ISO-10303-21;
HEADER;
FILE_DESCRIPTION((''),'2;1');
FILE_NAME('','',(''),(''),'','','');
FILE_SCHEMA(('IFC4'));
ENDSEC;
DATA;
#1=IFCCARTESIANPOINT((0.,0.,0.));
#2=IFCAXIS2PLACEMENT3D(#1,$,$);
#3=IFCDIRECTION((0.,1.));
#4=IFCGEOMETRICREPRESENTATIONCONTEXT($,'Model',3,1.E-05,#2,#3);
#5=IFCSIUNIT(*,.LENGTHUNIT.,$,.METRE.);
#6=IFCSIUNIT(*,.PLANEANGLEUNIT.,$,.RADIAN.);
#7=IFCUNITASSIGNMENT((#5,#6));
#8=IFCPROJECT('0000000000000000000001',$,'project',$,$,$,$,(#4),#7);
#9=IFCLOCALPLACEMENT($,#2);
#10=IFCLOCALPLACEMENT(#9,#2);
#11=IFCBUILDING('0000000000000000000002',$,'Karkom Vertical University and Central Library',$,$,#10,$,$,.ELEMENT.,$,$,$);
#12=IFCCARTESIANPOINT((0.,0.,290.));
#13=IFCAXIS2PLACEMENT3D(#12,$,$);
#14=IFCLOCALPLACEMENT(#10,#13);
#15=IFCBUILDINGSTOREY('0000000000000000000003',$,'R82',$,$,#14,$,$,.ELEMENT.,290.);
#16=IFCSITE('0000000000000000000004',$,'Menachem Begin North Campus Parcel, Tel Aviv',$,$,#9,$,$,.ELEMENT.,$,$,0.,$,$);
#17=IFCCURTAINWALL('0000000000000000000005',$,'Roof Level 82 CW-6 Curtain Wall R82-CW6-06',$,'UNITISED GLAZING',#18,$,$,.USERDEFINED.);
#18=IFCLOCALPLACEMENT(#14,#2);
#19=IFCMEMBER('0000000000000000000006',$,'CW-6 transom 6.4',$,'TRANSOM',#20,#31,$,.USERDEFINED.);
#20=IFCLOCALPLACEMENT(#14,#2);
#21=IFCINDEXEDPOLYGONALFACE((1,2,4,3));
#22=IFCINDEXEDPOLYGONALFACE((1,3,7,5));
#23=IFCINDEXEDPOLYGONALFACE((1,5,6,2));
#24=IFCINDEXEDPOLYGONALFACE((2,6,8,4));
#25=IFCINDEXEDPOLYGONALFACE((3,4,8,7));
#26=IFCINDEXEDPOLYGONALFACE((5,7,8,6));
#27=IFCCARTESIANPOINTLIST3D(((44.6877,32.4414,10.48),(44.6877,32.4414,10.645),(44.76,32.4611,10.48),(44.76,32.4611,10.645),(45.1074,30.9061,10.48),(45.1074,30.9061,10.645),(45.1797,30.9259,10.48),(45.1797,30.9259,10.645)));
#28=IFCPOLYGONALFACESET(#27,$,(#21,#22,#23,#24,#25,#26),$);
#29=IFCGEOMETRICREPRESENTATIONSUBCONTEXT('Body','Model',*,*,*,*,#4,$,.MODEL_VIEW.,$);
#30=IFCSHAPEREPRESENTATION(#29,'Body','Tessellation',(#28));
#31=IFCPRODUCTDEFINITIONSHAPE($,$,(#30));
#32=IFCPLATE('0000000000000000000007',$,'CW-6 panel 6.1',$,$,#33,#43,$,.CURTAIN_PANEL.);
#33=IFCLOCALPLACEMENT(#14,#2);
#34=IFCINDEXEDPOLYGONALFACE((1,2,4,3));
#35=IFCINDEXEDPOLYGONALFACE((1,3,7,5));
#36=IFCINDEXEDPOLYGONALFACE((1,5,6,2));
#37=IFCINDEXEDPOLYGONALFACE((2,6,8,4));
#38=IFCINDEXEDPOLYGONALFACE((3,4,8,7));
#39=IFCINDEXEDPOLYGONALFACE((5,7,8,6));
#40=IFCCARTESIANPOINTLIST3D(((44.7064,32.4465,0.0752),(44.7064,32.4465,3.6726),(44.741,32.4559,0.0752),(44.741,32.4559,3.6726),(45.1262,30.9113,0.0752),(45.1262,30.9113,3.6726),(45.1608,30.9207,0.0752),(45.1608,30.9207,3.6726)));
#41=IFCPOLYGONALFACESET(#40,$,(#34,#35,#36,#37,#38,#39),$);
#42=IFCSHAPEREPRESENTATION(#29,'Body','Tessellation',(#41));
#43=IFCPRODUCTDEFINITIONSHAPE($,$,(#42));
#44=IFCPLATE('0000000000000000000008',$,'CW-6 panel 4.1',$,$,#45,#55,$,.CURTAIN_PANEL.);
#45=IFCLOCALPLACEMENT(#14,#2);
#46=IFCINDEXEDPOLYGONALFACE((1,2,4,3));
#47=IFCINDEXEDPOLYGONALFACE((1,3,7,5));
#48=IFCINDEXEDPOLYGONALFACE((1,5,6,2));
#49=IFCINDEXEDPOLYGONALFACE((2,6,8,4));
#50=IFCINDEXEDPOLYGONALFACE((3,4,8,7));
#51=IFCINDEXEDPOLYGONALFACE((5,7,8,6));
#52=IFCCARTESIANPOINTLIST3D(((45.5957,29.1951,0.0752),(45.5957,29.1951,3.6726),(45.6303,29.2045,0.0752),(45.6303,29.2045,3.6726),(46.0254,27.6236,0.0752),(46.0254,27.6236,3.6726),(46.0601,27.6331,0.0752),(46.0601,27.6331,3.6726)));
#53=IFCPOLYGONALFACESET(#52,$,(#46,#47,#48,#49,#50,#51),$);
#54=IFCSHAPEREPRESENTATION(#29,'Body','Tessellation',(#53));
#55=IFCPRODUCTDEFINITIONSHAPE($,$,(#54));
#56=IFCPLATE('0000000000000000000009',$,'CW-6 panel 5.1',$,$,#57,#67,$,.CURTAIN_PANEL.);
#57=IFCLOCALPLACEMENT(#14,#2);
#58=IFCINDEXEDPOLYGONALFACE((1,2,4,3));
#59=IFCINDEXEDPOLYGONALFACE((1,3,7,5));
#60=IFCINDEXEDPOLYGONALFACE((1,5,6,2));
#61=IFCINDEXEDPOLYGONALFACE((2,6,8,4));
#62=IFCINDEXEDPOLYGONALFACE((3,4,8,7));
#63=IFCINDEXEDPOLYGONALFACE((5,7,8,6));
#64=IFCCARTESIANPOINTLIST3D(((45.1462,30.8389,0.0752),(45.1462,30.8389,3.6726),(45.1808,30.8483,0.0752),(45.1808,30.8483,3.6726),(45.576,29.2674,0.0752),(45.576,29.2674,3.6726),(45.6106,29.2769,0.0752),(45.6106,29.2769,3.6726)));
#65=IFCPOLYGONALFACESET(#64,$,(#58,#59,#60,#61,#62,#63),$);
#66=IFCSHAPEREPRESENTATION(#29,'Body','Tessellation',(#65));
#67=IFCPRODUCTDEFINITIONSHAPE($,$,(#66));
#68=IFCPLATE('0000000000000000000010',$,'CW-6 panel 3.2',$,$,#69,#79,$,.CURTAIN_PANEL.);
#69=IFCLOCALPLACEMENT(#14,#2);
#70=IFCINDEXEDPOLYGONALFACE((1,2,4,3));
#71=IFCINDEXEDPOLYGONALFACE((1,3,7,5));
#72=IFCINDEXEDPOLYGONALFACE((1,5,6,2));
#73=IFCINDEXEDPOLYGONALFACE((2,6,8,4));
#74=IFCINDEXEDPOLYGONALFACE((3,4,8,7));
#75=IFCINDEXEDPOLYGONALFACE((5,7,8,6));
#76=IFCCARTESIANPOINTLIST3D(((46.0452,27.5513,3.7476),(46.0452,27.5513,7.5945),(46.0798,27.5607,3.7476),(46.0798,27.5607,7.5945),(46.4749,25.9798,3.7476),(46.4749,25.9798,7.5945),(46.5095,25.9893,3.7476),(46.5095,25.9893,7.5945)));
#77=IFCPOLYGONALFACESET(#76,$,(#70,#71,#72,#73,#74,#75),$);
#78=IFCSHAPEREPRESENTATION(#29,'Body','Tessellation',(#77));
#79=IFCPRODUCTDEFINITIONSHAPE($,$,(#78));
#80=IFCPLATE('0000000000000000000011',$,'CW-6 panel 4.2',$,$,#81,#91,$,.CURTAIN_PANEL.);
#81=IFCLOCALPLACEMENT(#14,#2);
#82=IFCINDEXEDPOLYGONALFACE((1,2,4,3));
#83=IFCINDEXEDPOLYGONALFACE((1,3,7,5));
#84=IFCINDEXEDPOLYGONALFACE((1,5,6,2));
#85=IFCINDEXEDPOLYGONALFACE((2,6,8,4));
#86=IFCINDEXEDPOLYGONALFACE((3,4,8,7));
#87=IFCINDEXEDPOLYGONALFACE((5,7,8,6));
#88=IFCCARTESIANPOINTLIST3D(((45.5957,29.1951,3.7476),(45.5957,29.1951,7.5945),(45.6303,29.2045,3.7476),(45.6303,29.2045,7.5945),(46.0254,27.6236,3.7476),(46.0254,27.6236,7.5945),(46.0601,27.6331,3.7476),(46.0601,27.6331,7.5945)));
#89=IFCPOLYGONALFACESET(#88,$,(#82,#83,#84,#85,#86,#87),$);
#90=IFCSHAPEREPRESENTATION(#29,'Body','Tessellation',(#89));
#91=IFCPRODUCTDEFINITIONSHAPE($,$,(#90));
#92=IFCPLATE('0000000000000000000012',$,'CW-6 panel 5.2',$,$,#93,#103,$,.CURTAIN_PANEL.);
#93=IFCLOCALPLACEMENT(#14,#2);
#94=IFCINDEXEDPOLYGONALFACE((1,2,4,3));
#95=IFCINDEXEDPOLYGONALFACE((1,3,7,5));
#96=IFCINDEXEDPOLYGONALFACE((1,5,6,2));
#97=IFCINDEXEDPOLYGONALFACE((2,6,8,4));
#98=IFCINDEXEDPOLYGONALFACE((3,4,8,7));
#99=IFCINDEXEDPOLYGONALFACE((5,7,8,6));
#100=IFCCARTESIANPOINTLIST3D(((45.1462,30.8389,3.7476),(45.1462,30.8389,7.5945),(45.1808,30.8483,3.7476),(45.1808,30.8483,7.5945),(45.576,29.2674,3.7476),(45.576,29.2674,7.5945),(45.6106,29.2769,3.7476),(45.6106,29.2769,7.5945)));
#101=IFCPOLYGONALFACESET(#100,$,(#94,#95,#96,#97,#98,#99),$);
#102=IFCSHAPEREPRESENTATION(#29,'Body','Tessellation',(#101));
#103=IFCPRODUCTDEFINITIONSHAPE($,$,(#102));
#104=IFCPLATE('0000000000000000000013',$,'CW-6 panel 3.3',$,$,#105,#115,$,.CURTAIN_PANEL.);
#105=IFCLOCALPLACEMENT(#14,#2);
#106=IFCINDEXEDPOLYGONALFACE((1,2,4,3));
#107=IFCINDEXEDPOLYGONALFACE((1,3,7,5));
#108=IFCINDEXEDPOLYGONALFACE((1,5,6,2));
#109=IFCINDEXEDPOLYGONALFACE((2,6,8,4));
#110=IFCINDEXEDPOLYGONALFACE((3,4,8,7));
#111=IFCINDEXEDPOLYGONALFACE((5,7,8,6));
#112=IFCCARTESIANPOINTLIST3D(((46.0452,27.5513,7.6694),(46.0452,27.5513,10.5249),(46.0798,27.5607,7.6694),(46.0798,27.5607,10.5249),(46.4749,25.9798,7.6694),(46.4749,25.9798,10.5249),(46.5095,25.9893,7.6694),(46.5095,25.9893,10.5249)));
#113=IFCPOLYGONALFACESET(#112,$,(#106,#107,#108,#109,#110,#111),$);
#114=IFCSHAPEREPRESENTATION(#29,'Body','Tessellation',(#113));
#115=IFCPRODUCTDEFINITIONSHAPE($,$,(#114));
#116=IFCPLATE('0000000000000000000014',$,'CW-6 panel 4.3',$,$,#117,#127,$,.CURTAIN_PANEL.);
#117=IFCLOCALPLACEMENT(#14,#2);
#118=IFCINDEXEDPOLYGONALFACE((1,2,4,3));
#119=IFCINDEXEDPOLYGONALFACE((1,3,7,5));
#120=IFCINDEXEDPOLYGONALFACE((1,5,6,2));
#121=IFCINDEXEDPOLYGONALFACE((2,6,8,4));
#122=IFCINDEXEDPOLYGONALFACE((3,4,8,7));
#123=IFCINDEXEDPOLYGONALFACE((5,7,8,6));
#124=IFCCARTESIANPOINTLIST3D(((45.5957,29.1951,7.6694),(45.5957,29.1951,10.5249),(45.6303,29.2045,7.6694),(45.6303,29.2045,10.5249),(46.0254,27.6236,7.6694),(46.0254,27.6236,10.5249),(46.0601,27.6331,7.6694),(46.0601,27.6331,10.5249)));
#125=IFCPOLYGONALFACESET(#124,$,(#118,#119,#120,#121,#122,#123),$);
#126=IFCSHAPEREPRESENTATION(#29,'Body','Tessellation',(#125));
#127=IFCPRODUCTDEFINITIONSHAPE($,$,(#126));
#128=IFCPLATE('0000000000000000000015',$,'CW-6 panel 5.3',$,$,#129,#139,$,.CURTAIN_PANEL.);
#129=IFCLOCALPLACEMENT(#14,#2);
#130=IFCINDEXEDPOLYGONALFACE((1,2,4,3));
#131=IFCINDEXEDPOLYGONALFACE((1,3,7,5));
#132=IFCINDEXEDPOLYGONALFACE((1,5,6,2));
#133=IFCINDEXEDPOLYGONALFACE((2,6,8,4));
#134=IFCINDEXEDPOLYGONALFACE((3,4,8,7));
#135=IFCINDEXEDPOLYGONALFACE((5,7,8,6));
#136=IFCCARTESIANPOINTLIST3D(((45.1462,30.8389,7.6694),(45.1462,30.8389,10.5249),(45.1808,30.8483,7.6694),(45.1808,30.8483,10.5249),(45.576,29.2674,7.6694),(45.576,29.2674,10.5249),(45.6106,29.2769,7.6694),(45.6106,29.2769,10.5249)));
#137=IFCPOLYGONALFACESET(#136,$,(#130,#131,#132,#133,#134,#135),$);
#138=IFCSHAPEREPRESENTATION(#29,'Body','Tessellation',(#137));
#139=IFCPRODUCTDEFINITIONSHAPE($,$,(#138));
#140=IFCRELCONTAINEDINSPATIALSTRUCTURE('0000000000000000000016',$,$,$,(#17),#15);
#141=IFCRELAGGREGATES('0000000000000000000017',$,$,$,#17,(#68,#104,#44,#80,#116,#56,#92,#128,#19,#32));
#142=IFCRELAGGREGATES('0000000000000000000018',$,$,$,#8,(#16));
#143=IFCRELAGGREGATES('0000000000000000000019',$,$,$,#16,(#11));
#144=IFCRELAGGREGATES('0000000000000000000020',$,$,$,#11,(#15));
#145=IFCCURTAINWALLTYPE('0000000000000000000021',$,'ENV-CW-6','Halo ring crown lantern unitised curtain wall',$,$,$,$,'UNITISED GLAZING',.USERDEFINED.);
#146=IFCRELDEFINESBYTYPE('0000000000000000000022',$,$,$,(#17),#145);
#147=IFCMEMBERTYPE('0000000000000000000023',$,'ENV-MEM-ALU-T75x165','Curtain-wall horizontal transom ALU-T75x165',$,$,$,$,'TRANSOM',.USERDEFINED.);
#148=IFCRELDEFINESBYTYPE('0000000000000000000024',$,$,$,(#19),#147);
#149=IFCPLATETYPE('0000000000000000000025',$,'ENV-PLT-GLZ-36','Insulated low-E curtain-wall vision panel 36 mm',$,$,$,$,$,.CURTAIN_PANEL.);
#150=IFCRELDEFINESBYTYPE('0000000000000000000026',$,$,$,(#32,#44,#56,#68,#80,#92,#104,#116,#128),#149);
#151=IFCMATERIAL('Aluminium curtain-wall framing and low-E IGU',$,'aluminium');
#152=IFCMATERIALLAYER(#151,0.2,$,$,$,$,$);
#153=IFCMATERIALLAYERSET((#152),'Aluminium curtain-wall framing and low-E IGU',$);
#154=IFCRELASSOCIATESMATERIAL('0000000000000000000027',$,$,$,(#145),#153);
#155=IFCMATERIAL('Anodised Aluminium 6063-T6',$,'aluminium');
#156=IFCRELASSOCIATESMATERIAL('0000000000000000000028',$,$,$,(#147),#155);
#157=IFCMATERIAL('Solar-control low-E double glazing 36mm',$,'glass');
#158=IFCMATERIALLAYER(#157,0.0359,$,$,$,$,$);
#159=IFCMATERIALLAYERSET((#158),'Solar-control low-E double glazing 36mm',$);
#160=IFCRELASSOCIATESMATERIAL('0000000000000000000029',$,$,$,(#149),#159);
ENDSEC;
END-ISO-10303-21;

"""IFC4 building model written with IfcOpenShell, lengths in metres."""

from ifc_helpers import new_model, si_unit, direction, frame, origin, origin_with_axes, origin_2d, place, context, subcontext, project, spatial, rectangle, extrude, source, transform, mapped, material, layer, layer_set, material_profile, profile_set, type_object, element, aggregate, save


model = new_model("IFC4")

# Units and contexts
model_context = context("Model", 3, precision=1e-05, world=origin(), true_north=direction((0.0, 1.0)))
body_context = subcontext(model_context, "Body", "Model", "MODEL_VIEW")
ifc_project = project(units=[si_unit("LENGTHUNIT", "METRE"), si_unit("PLANEANGLEUNIT", "RADIAN")], contexts=[model_context])

# Site, building, storey
site_placement = place(None, origin())
site = spatial("IfcSite", under=ifc_project, at=site_placement, Name="Menachem Begin North Campus Parcel, Tel Aviv", CompositionType="ELEMENT", RefElevation=0.0)
building_placement = place(site_placement, origin())
building = spatial("IfcBuilding", under=site, at=building_placement, Name="Karkom Vertical University and Central Library", CompositionType="ELEMENT")
storey_placement = place(building_placement, frame((0.0, 0.0, 290.0)))
storey = spatial("IfcBuildingStorey", under=building, at=storey_placement, Name="R82", CompositionType="ELEMENT", Elevation=290.0)

# Curtain wall, member, plates
ifc_material_1 = material(Name="Aluminium curtain-wall framing and low-E IGU", Category="aluminium")
ifc_layer_1 = layer(ifc_material_1, 0.2)
ifc_layer_set_1 = layer_set([ifc_layer_1], Name="Aluminium curtain-wall framing and low-E IGU")
curtain_wall_type = type_object("IfcCurtainWallType", Name="ENV-CW-6", Description="Halo ring crown lantern unitised curtain wall", ElementType="UNITISED GLAZING", PredefinedType="USERDEFINED", material=ifc_layer_set_1)
curtain_wall_placement = place(storey_placement, origin())
curtain_wall = element("IfcCurtainWall", 1, at=curtain_wall_placement, inside=storey, type_object=curtain_wall_type, Name="Roof Level 82 CW-6 Curtain Wall R82-CW6-06", ObjectType="UNITISED GLAZING", PredefinedType="USERDEFINED")
ifc_material_2 = material(Name="Anodised Aluminium 6063-T6", Category="aluminium")
ifc_material_profile_1 = material_profile(ifc_material_2, rectangle(XDim=0.075, YDim=0.165, at=origin_2d()), Name="ALU-T75x165")
ifc_profile_set_1 = profile_set([ifc_material_profile_1], Name="Anodised Aluminium 6063-T6")
member_type_1 = type_object("IfcMemberType", Name="ENV-MEM-ALU-T75x165", Description="Curtain-wall horizontal transom ALU-T75x165", ElementType="TRANSOM", PredefinedType="USERDEFINED", material=ifc_profile_set_1)
shared_shape_1 = source(origin_with_axes(), body_context, "Body", "SweptSolid", [
    extrude(rectangle(XDim=0.075, YDim=0.165, at=origin_2d()), origin(), (0.0, 0.0, 1.0), 1.5916),
])
member_1_placement = place(storey_placement, frame((45.1436, 30.916, 10.5625), z_axis=(-0.263701, 0.964604, 0.0), x_axis=(-0.964604, -0.263701, 0.0)))
member_1 = element("IfcMember", 2, at=member_1_placement, type_object=member_type_1, Name="CW-6 transom 6.4", ObjectType="TRANSOM", PredefinedType="USERDEFINED", context=body_context, shape_type="MappedRepresentation", body=[
    mapped(shared_shape_1, transform((0.0, 0.0, 0.0), scale=1.0)),
])
ifc_material_3 = material(Name="Solar-control low-E double glazing 36mm", Category="glass")
ifc_layer_2 = layer(ifc_material_3, 0.0359)
ifc_layer_set_2 = layer_set([ifc_layer_2], Name="Solar-control low-E double glazing 36mm")
plate_type = type_object("IfcPlateType", Name="ENV-PLT-GLZ-36", Description="Insulated low-E curtain-wall vision panel 36 mm", PredefinedType="CURTAIN_PANEL", material=ifc_layer_set_2)
shared_shape_2 = source(origin_with_axes(), body_context, "Body", "SweptSolid", [
    extrude(rectangle(XDim=1.5916, YDim=0.0359, at=origin_2d()), origin(), (0.0, 0.0, 1.0), 3.5974),
])
plate_1_placement = place(storey_placement, frame((44.9336, 31.6836, 0.0752), z_axis=(0.0, 0.0, 1.0), x_axis=(-0.263791, 0.96458, 0.0)))
plate_1 = element("IfcPlate", 3, at=plate_1_placement, type_object=plate_type, Name="CW-6 panel 6.1", PredefinedType="CURTAIN_PANEL", context=body_context, shape_type="MappedRepresentation", body=[
    mapped(shared_shape_2, transform((0.0, 0.0, 0.0), scale=1.0)),
])
shared_shape_3 = source(origin_with_axes(), body_context, "Body", "SweptSolid", [
    extrude(rectangle(XDim=1.6292, YDim=0.0359, at=origin_2d()), origin(), (0.0, 0.0, 1.0), 3.5974),
])
plate_2_placement = place(storey_placement, frame((45.8279, 28.4141, 0.0752), z_axis=(0.0, 0.0, 1.0), x_axis=(-0.263791, 0.96458, 0.0)))
plate_2 = element("IfcPlate", 4, at=plate_2_placement, type_object=plate_type, Name="CW-6 panel 4.1", PredefinedType="CURTAIN_PANEL", context=body_context, shape_type="MappedRepresentation", body=[
    mapped(shared_shape_3, transform((0.0, 0.0, 0.0), scale=1.0)),
])
plate_3_placement = place(storey_placement, frame((45.3784, 30.0579, 0.0752), z_axis=(0.0, 0.0, 1.0), x_axis=(-0.263791, 0.96458, 0.0)))
plate_3 = element("IfcPlate", 5, at=plate_3_placement, type_object=plate_type, Name="CW-6 panel 5.1", PredefinedType="CURTAIN_PANEL", context=body_context, shape_type="MappedRepresentation", body=[
    mapped(shared_shape_3, transform((0.0, 0.0, 0.0), scale=1.0)),
])
shared_shape_4 = source(origin_with_axes(), body_context, "Body", "SweptSolid", [
    extrude(rectangle(XDim=1.6292, YDim=0.0359, at=origin_2d()), origin(), (0.0, 0.0, 1.0), 3.8469),
])
plate_4_placement = place(storey_placement, frame((46.2773, 26.7703, 3.7476), z_axis=(0.0, 0.0, 1.0), x_axis=(-0.263791, 0.96458, 0.0)))
plate_4 = element("IfcPlate", 6, at=plate_4_placement, type_object=plate_type, Name="CW-6 panel 3.2", PredefinedType="CURTAIN_PANEL", context=body_context, shape_type="MappedRepresentation", body=[
    mapped(shared_shape_4, transform((0.0, 0.0, 0.0), scale=1.0)),
])
plate_5_placement = place(storey_placement, frame((45.8279, 28.4141, 3.7476), z_axis=(0.0, 0.0, 1.0), x_axis=(-0.263791, 0.96458, 0.0)))
plate_5 = element("IfcPlate", 7, at=plate_5_placement, type_object=plate_type, Name="CW-6 panel 4.2", PredefinedType="CURTAIN_PANEL", context=body_context, shape_type="MappedRepresentation", body=[
    mapped(shared_shape_4, transform((0.0, 0.0, 0.0), scale=1.0)),
])
plate_6_placement = place(storey_placement, frame((45.3784, 30.0579, 3.7476), z_axis=(0.0, 0.0, 1.0), x_axis=(-0.263791, 0.96458, 0.0)))
plate_6 = element("IfcPlate", 8, at=plate_6_placement, type_object=plate_type, Name="CW-6 panel 5.2", PredefinedType="CURTAIN_PANEL", context=body_context, shape_type="MappedRepresentation", body=[
    mapped(shared_shape_4, transform((0.0, 0.0, 0.0), scale=1.0)),
])
shared_shape_5 = source(origin_with_axes(), body_context, "Body", "SweptSolid", [
    extrude(rectangle(XDim=1.6292, YDim=0.0359, at=origin_2d()), origin(), (0.0, 0.0, 1.0), 2.8555),
])
plate_7_placement = place(storey_placement, frame((46.2773, 26.7703, 7.6694), z_axis=(0.0, 0.0, 1.0), x_axis=(-0.263791, 0.96458, 0.0)))
plate_7 = element("IfcPlate", 9, at=plate_7_placement, type_object=plate_type, Name="CW-6 panel 3.3", PredefinedType="CURTAIN_PANEL", context=body_context, shape_type="MappedRepresentation", body=[
    mapped(shared_shape_5, transform((0.0, 0.0, 0.0), scale=1.0)),
])
plate_8_placement = place(storey_placement, frame((45.8279, 28.4141, 7.6694), z_axis=(0.0, 0.0, 1.0), x_axis=(-0.263791, 0.96458, 0.0)))
plate_8 = element("IfcPlate", 10, at=plate_8_placement, type_object=plate_type, Name="CW-6 panel 4.3", PredefinedType="CURTAIN_PANEL", context=body_context, shape_type="MappedRepresentation", body=[
    mapped(shared_shape_5, transform((0.0, 0.0, 0.0), scale=1.0)),
])
plate_9_placement = place(storey_placement, frame((45.3784, 30.0579, 7.6694), z_axis=(0.0, 0.0, 1.0), x_axis=(-0.263791, 0.96458, 0.0)))
plate_9 = element("IfcPlate", 11, at=plate_9_placement, type_object=plate_type, Name="CW-6 panel 5.3", PredefinedType="CURTAIN_PANEL", context=body_context, shape_type="MappedRepresentation", body=[
    mapped(shared_shape_5, transform((0.0, 0.0, 0.0), scale=1.0)),
])
aggregate(curtain_wall, [plate_4, plate_7, plate_2, plate_5, plate_8, plate_3, plate_6, plate_9, member_1, plate_1])

save(model, "model.ifc")
